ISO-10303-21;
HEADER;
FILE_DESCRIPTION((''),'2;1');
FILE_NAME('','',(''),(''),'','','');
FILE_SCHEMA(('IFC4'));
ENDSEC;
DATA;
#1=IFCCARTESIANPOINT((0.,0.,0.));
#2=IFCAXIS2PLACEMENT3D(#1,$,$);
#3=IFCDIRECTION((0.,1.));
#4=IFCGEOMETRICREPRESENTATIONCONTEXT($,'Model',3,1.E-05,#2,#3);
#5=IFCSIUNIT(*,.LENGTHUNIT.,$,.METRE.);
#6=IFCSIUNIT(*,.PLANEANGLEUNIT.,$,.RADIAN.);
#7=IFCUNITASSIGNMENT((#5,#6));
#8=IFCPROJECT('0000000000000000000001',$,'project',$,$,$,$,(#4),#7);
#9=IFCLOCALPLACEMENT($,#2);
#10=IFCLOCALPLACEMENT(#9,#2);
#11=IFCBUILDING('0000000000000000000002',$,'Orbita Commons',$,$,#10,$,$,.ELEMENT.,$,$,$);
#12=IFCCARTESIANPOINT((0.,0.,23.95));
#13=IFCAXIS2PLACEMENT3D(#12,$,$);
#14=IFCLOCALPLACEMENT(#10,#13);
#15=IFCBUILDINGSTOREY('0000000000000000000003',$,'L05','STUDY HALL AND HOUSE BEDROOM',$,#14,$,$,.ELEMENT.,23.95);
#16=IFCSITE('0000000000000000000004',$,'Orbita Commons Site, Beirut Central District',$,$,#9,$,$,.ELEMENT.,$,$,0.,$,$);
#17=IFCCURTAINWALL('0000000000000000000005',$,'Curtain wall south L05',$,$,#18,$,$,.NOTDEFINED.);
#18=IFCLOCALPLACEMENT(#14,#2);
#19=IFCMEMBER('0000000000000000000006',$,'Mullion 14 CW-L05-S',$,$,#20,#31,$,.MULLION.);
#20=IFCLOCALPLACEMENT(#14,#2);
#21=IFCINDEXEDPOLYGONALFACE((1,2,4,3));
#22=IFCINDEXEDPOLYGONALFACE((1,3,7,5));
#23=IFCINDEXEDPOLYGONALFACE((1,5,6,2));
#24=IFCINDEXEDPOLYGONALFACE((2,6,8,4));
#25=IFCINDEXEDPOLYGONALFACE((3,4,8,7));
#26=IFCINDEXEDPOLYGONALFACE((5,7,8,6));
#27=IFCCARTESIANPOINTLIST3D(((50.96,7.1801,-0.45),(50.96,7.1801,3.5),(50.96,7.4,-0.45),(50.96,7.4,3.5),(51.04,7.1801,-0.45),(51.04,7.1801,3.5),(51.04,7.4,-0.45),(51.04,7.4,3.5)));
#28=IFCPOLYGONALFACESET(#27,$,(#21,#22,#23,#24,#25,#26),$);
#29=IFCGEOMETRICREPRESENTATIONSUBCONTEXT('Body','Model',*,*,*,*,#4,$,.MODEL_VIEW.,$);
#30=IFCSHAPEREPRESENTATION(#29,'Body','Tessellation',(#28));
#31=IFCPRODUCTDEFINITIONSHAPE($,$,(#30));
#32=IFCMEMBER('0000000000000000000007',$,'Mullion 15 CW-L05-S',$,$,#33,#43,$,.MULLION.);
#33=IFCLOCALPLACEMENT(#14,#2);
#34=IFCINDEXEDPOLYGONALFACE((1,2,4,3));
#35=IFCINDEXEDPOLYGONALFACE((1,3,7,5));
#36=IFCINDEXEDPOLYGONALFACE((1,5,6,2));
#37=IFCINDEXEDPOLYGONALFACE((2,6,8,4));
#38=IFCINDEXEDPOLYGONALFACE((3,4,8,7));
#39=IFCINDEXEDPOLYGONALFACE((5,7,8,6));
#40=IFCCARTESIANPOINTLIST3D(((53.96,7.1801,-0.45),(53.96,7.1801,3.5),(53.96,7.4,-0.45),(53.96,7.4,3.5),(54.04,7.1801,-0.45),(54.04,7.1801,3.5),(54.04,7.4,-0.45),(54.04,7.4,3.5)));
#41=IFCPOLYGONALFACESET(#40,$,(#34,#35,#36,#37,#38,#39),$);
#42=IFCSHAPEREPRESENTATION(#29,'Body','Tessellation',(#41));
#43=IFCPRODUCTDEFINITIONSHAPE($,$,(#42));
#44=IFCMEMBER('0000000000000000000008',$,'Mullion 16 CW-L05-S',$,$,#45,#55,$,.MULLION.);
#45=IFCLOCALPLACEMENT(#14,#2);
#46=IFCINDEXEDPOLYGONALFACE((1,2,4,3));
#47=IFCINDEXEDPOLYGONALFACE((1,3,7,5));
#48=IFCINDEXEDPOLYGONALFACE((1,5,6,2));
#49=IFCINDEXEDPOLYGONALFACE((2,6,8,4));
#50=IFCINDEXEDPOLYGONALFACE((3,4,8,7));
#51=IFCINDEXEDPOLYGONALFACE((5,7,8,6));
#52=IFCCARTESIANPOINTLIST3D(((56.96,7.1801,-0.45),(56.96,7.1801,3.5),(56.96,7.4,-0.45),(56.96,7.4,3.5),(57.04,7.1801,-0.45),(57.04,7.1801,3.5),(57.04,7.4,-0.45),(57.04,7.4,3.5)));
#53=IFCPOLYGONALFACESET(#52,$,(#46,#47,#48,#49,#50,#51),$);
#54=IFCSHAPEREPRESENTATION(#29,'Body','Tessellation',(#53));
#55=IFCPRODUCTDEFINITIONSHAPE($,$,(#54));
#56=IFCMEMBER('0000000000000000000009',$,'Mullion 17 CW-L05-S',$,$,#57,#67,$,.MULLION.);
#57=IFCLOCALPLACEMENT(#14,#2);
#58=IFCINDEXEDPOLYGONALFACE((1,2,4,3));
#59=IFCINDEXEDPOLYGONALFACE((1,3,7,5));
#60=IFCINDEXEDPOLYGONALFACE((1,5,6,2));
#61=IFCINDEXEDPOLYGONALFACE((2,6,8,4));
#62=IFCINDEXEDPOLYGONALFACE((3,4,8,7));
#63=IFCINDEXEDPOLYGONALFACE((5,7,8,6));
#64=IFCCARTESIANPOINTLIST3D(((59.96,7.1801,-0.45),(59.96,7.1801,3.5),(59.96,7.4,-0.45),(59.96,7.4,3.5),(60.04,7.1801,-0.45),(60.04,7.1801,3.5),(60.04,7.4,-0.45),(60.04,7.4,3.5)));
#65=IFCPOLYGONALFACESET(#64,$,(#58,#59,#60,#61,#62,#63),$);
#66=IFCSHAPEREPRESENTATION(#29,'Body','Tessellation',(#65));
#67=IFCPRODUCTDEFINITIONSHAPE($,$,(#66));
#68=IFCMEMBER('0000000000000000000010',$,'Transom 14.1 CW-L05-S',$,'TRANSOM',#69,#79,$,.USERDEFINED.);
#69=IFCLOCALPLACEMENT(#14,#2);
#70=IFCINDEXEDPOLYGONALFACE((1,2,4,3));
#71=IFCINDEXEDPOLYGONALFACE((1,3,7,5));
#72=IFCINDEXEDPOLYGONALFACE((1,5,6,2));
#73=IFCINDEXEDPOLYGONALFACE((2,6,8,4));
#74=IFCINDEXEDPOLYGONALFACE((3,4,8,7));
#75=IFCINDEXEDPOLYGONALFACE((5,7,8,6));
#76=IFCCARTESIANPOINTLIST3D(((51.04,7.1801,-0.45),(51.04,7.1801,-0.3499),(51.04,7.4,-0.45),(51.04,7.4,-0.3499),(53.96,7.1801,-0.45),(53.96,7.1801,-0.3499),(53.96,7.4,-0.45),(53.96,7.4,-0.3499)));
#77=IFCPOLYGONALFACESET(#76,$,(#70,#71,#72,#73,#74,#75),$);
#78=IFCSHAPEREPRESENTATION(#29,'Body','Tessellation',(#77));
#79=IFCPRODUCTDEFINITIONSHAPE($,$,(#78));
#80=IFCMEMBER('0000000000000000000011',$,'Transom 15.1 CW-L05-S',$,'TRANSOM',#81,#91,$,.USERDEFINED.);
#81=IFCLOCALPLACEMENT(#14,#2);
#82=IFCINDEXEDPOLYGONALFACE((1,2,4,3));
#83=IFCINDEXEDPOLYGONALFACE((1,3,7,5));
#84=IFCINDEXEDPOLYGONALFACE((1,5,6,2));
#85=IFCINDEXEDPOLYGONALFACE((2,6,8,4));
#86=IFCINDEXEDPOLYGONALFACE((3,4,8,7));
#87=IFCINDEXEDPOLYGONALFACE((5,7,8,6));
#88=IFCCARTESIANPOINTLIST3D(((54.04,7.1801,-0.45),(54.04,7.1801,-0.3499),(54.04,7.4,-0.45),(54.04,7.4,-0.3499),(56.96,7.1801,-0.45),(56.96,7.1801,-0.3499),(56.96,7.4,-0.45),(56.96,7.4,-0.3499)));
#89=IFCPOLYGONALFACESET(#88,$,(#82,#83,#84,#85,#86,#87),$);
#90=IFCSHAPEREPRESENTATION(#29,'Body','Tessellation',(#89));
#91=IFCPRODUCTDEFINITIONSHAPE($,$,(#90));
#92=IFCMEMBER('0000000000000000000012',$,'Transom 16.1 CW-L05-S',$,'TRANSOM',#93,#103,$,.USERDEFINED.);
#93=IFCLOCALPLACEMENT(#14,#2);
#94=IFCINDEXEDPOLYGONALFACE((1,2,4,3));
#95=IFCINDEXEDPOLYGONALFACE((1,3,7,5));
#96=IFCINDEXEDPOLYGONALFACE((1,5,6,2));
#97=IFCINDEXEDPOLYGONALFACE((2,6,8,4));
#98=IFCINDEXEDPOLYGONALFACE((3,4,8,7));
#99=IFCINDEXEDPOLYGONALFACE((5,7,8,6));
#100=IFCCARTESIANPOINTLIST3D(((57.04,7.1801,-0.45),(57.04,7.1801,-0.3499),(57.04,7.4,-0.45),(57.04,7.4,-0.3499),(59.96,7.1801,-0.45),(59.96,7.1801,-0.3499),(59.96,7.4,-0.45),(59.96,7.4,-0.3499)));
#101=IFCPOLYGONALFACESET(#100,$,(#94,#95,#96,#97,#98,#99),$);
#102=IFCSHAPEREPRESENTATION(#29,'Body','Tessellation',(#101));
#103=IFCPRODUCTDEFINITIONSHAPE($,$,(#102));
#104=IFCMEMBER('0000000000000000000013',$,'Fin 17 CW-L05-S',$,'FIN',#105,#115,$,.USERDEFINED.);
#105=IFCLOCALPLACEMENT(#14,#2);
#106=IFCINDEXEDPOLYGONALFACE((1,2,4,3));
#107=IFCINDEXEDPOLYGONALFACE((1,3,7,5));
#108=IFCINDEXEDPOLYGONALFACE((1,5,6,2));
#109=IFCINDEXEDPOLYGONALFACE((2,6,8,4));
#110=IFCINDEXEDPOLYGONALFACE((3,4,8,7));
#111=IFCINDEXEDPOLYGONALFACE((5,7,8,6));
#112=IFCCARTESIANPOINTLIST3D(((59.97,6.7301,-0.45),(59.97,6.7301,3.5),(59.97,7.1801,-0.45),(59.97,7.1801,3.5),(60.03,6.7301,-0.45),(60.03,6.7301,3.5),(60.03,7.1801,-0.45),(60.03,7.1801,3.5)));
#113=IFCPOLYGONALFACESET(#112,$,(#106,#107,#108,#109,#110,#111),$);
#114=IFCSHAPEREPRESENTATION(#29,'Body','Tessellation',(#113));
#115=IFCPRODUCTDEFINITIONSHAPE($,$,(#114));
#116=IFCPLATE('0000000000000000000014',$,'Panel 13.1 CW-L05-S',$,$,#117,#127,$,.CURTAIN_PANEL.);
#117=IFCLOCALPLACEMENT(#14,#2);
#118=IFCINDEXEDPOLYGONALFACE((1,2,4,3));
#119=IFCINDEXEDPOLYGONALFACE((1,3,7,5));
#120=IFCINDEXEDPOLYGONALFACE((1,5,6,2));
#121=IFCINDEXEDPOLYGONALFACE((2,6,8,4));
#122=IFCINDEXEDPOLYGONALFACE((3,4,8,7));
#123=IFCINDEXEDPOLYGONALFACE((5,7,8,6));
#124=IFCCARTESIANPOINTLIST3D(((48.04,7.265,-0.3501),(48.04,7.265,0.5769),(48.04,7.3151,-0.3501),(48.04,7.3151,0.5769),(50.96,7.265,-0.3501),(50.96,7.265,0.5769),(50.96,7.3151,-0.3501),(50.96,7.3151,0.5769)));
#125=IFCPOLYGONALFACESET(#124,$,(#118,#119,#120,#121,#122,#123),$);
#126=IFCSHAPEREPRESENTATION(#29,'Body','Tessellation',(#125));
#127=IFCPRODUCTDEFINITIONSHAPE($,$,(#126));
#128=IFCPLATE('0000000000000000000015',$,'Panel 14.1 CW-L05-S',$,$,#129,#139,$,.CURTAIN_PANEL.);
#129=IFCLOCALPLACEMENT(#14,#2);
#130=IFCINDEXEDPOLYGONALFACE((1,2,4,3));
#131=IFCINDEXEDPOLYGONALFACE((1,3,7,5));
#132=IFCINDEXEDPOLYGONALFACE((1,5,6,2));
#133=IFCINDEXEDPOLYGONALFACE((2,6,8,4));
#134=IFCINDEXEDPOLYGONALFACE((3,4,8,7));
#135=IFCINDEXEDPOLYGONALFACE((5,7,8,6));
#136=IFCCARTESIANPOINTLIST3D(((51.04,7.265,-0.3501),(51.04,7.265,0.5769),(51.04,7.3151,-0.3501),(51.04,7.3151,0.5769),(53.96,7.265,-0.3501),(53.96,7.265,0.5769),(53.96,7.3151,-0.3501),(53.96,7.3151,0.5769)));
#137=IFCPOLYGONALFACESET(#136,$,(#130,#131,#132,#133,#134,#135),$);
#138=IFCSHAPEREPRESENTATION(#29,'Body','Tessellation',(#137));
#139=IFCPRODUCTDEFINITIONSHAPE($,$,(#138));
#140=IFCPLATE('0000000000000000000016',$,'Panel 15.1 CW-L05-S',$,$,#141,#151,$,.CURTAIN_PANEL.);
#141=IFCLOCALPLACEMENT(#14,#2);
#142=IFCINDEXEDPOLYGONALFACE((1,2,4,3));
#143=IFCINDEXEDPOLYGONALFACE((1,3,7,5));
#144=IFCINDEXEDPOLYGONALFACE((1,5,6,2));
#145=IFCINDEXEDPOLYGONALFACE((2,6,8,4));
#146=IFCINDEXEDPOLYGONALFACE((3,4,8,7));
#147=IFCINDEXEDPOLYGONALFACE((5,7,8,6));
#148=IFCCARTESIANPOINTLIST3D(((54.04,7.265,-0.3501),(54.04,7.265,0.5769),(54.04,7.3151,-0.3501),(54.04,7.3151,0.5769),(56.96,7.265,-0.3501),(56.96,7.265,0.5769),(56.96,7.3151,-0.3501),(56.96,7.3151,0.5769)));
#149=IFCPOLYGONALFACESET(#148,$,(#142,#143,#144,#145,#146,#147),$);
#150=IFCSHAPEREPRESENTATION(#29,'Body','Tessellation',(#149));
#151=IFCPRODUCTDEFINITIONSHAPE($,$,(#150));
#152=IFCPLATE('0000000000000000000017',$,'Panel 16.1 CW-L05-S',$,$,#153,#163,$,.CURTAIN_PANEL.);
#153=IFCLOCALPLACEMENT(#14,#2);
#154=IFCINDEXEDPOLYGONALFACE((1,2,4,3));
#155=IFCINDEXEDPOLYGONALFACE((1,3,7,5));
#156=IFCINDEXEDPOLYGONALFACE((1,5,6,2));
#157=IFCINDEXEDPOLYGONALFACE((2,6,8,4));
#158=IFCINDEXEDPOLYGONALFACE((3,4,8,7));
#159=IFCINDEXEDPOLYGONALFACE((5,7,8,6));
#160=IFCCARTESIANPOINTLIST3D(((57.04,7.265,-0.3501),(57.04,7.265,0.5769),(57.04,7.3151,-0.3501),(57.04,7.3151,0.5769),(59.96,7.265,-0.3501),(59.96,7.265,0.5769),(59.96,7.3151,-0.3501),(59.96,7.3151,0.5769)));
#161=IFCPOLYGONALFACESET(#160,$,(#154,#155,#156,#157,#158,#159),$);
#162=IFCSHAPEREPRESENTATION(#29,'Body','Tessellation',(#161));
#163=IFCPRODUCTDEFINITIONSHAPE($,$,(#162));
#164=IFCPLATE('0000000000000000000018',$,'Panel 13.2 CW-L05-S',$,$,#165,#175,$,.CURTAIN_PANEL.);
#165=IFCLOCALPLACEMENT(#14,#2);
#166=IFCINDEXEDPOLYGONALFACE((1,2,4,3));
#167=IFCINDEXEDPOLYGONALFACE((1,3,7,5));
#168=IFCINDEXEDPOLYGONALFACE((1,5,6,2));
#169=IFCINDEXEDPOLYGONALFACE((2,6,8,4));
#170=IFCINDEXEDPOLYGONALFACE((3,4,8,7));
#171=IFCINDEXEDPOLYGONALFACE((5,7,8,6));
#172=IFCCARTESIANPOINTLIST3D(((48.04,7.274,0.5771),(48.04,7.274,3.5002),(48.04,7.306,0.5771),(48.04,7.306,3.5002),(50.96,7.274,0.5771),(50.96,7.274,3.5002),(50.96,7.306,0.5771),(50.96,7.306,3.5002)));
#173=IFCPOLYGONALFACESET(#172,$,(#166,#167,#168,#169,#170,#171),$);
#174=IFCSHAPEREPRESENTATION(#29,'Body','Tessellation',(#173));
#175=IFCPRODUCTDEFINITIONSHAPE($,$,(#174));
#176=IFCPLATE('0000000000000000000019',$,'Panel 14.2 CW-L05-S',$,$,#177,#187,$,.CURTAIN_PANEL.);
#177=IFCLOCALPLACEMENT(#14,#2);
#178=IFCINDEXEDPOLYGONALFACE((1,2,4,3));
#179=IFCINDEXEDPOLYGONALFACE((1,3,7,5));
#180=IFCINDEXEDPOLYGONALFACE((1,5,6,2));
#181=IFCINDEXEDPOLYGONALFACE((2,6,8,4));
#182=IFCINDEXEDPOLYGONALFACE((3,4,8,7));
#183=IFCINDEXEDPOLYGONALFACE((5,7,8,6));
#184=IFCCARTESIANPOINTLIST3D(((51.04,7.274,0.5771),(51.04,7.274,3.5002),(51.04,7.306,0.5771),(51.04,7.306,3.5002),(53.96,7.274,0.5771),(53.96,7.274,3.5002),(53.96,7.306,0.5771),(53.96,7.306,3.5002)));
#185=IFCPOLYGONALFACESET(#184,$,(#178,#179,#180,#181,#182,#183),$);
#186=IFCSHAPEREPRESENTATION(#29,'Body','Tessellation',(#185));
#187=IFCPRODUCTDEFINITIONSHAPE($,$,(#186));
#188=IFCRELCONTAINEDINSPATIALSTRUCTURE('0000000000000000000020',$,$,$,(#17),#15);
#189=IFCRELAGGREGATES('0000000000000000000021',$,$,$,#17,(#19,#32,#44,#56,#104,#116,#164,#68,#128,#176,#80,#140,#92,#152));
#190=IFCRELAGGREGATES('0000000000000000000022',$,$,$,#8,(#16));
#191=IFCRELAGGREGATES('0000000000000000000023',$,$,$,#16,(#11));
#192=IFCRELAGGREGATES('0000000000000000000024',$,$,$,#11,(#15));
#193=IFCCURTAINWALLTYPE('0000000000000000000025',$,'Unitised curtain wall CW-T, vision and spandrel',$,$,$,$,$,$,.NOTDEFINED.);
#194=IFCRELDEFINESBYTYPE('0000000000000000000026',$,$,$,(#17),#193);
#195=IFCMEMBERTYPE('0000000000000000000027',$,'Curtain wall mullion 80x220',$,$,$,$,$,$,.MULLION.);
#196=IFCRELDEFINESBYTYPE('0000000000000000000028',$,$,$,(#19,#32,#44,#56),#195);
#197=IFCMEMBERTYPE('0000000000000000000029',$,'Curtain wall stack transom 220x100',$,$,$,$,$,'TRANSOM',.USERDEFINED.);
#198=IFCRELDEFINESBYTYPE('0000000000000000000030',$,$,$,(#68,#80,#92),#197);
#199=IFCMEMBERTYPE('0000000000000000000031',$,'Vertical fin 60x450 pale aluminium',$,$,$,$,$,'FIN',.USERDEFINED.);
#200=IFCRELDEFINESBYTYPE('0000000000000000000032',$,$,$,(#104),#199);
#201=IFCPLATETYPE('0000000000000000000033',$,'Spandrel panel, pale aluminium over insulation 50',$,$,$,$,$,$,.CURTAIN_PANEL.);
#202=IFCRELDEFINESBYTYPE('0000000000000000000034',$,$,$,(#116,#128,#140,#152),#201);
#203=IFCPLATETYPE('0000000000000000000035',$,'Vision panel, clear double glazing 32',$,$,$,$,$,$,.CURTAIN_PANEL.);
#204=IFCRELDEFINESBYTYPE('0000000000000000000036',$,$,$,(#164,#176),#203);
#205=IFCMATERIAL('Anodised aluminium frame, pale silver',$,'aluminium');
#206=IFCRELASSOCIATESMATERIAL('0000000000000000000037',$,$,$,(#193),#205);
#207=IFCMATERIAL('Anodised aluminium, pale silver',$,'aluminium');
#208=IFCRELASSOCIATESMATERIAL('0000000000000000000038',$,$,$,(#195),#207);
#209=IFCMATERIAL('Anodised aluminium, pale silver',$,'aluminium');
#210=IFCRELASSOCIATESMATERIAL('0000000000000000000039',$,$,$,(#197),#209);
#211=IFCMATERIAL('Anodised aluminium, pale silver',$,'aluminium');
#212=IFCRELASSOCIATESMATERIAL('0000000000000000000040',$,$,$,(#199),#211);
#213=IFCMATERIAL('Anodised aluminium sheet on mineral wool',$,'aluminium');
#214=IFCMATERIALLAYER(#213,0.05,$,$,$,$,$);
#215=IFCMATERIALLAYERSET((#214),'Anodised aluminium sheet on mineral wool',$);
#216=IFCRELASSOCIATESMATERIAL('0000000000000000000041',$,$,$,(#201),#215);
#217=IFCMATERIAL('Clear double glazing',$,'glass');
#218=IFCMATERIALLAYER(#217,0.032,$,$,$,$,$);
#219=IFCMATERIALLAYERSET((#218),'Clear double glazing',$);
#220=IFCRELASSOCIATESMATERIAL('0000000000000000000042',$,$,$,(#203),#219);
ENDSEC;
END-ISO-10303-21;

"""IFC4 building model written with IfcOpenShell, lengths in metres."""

from ifc_helpers import new_model, si_unit, direction, frame, origin, origin_2d, place, context, subcontext, project, spatial, rectangle, extrude, material, layer, layer_set, material_profile, profile_set, type_object, element, aggregate, save


model = new_model("IFC4")

# Units and contexts
model_context = context("Model", 3, precision=1e-05, world=origin(), true_north=direction((0.0, 1.0)))
body_context = subcontext(model_context, "Body", "Model", "MODEL_VIEW")
ifc_project = project(units=[si_unit("LENGTHUNIT", "METRE"), si_unit("PLANEANGLEUNIT", "RADIAN")], contexts=[model_context])

# Site, building, storey
site_placement = place(None, origin())
site = spatial("IfcSite", under=ifc_project, at=site_placement, Name="Orbita Commons Site, Beirut Central District", CompositionType="ELEMENT", RefElevation=0.0)
building_placement = place(site_placement, origin())
building = spatial("IfcBuilding", under=site, at=building_placement, Name="Orbita Commons", CompositionType="ELEMENT")
storey_placement = place(building_placement, frame((0.0, 0.0, 23.95)))
storey = spatial("IfcBuildingStorey", under=building, at=storey_placement, Name="L05", Description="STUDY HALL AND HOUSE BEDROOM", CompositionType="ELEMENT", Elevation=23.95)

# Curtain wall, members, plates
ifc_material_1 = material(Name="Anodised aluminium frame, pale silver", Category="aluminium")
curtain_wall_type = type_object("IfcCurtainWallType", Name="Unitised curtain wall CW-T, vision and spandrel", PredefinedType="NOTDEFINED", material=ifc_material_1)
curtain_wall_placement = place(storey_placement, origin())
curtain_wall = element("IfcCurtainWall", 1, at=curtain_wall_placement, inside=storey, type_object=curtain_wall_type, Name="Curtain wall south L05", PredefinedType="NOTDEFINED")
ifc_material_2 = material(Name="Anodised aluminium, pale silver", Category="aluminium")
ifc_material_profile_1 = material_profile(ifc_material_2, rectangle(XDim=0.0801, YDim=0.22, at=origin_2d()), Name="AL 80x220")
ifc_profile_set_1 = profile_set([ifc_material_profile_1], Name="Anodised aluminium, pale silver")
member_type_1 = type_object("IfcMemberType", Name="Curtain wall mullion 80x220", PredefinedType="MULLION", material=ifc_profile_set_1)
member_1_placement = place(storey_placement, frame((51.0, 7.29, -0.45), z_axis=(0.0, 0.0, 1.0), x_axis=(1.0, 0.0, 0.0)))
member_1 = element("IfcMember", 2, at=member_1_placement, type_object=member_type_1, Name="Mullion 14 CW-L05-S", PredefinedType="MULLION", context=body_context, shape_type="SweptSolid", body=[
    extrude(rectangle(XDim=0.0801, YDim=0.22, at=origin_2d()), origin(), (0.0, 0.0, 1.0), 3.95),
])
member_2_placement = place(storey_placement, frame((54.0, 7.29, -0.45), z_axis=(0.0, 0.0, 1.0), x_axis=(1.0, 0.0, 0.0)))
member_2 = element("IfcMember", 3, at=member_2_placement, type_object=member_type_1, Name="Mullion 15 CW-L05-S", PredefinedType="MULLION", context=body_context, shape_type="SweptSolid", body=[
    extrude(rectangle(XDim=0.0801, YDim=0.22, at=origin_2d()), origin(), (0.0, 0.0, 1.0), 3.95),
])
member_3_placement = place(storey_placement, frame((57.0, 7.29, -0.45), z_axis=(0.0, 0.0, 1.0), x_axis=(1.0, 0.0, 0.0)))
member_3 = element("IfcMember", 4, at=member_3_placement, type_object=member_type_1, Name="Mullion 16 CW-L05-S", PredefinedType="MULLION", context=body_context, shape_type="SweptSolid", body=[
    extrude(rectangle(XDim=0.0801, YDim=0.22, at=origin_2d()), origin(), (0.0, 0.0, 1.0), 3.95),
])
member_4_placement = place(storey_placement, frame((60.0, 7.29, -0.45), z_axis=(0.0, 0.0, 1.0), x_axis=(1.0, 0.0, 0.0)))
member_4 = element("IfcMember", 5, at=member_4_placement, type_object=member_type_1, Name="Mullion 17 CW-L05-S", PredefinedType="MULLION", context=body_context, shape_type="SweptSolid", body=[
    extrude(rectangle(XDim=0.0801, YDim=0.22, at=origin_2d()), origin(), (0.0, 0.0, 1.0), 3.95),
])
ifc_material_3 = material(Name="Anodised aluminium, pale silver", Category="aluminium")
ifc_material_profile_2 = material_profile(ifc_material_3, rectangle(XDim=0.22, YDim=0.1001, at=origin_2d()), Name="AL 220x100")
ifc_profile_set_2 = profile_set([ifc_material_profile_2], Name="Anodised aluminium, pale silver")
member_type_2 = type_object("IfcMemberType", Name="Curtain wall stack transom 220x100", ElementType="TRANSOM", PredefinedType="USERDEFINED", material=ifc_profile_set_2)
member_5_placement = place(storey_placement, frame((51.04, 7.29, -0.3999), z_axis=(1.0, 0.0, 0.0), x_axis=(0.0, 1.0, 0.0)))
member_5 = element("IfcMember", 6, at=member_5_placement, type_object=member_type_2, Name="Transom 14.1 CW-L05-S", ObjectType="TRANSOM", PredefinedType="USERDEFINED", context=body_context, shape_type="SweptSolid", body=[
    extrude(rectangle(XDim=0.22, YDim=0.1001, at=origin_2d()), origin(), (0.0, 0.0, 1.0), 2.9199),
])
member_6_placement = place(storey_placement, frame((54.04, 7.29, -0.3999), z_axis=(1.0, 0.0, 0.0), x_axis=(0.0, 1.0, 0.0)))
member_6 = element("IfcMember", 7, at=member_6_placement, type_object=member_type_2, Name="Transom 15.1 CW-L05-S", ObjectType="TRANSOM", PredefinedType="USERDEFINED", context=body_context, shape_type="SweptSolid", body=[
    extrude(rectangle(XDim=0.22, YDim=0.1001, at=origin_2d()), origin(), (0.0, 0.0, 1.0), 2.9199),
])
member_7_placement = place(storey_placement, frame((57.04, 7.29, -0.3999), z_axis=(1.0, 0.0, 0.0), x_axis=(0.0, 1.0, 0.0)))
member_7 = element("IfcMember", 8, at=member_7_placement, type_object=member_type_2, Name="Transom 16.1 CW-L05-S", ObjectType="TRANSOM", PredefinedType="USERDEFINED", context=body_context, shape_type="SweptSolid", body=[
    extrude(rectangle(XDim=0.22, YDim=0.1001, at=origin_2d()), origin(), (0.0, 0.0, 1.0), 2.9199),
])
ifc_material_4 = material(Name="Anodised aluminium, pale silver", Category="aluminium")
ifc_material_profile_3 = material_profile(ifc_material_4, rectangle(XDim=0.0601, YDim=0.45, at=origin_2d()), Name="FIN 60x450")
ifc_profile_set_3 = profile_set([ifc_material_profile_3], Name="Anodised aluminium, pale silver")
member_type_3 = type_object("IfcMemberType", Name="Vertical fin 60x450 pale aluminium", ElementType="FIN", PredefinedType="USERDEFINED", material=ifc_profile_set_3)
member_8_placement = place(storey_placement, frame((60.0, 6.9551, -0.45), z_axis=(0.0, 0.0, 1.0), x_axis=(1.0, 0.0, 0.0)))
member_8 = element("IfcMember", 9, at=member_8_placement, type_object=member_type_3, Name="Fin 17 CW-L05-S", ObjectType="FIN", PredefinedType="USERDEFINED", context=body_context, shape_type="SweptSolid", body=[
    extrude(rectangle(XDim=0.0601, YDim=0.45, at=origin_2d()), origin(), (0.0, 0.0, 1.0), 3.95),
])
ifc_material_5 = material(Name="Anodised aluminium sheet on mineral wool", Category="aluminium")
ifc_layer_1 = layer(ifc_material_5, 0.05)
ifc_layer_set_1 = layer_set([ifc_layer_1], Name="Anodised aluminium sheet on mineral wool")
plate_type_1 = type_object("IfcPlateType", Name="Spandrel panel, pale aluminium over insulation 50", PredefinedType="CURTAIN_PANEL", material=ifc_layer_set_1)
plate_1_placement = place(storey_placement, frame((49.5, 7.29, -0.3501), z_axis=(0.0, 0.0, 1.0), x_axis=(1.0, 0.0, 0.0)))
plate_1 = element("IfcPlate", 10, at=plate_1_placement, type_object=plate_type_1, Name="Panel 13.1 CW-L05-S", PredefinedType="CURTAIN_PANEL", context=body_context, shape_type="SweptSolid", body=[
    extrude(rectangle(XDim=2.9199, YDim=0.05, at=origin_2d()), origin(), (0.0, 0.0, 1.0), 0.927),
])
plate_2_placement = place(storey_placement, frame((52.5, 7.29, -0.3501), z_axis=(0.0, 0.0, 1.0), x_axis=(1.0, 0.0, 0.0)))
plate_2 = element("IfcPlate", 11, at=plate_2_placement, type_object=plate_type_1, Name="Panel 14.1 CW-L05-S", PredefinedType="CURTAIN_PANEL", context=body_context, shape_type="SweptSolid", body=[
    extrude(rectangle(XDim=2.9199, YDim=0.05, at=origin_2d()), origin(), (0.0, 0.0, 1.0), 0.927),
])
plate_3_placement = place(storey_placement, frame((55.5, 7.29, -0.3501), z_axis=(0.0, 0.0, 1.0), x_axis=(1.0, 0.0, 0.0)))
plate_3 = element("IfcPlate", 12, at=plate_3_placement, type_object=plate_type_1, Name="Panel 15.1 CW-L05-S", PredefinedType="CURTAIN_PANEL", context=body_context, shape_type="SweptSolid", body=[
    extrude(rectangle(XDim=2.9199, YDim=0.05, at=origin_2d()), origin(), (0.0, 0.0, 1.0), 0.927),
])
plate_4_placement = place(storey_placement, frame((58.5, 7.29, -0.3501), z_axis=(0.0, 0.0, 1.0), x_axis=(1.0, 0.0, 0.0)))
plate_4 = element("IfcPlate", 13, at=plate_4_placement, type_object=plate_type_1, Name="Panel 16.1 CW-L05-S", PredefinedType="CURTAIN_PANEL", context=body_context, shape_type="SweptSolid", body=[
    extrude(rectangle(XDim=2.9199, YDim=0.05, at=origin_2d()), origin(), (0.0, 0.0, 1.0), 0.927),
])
ifc_material_6 = material(Name="Clear double glazing", Category="glass")
ifc_layer_2 = layer(ifc_material_6, 0.032)
ifc_layer_set_2 = layer_set([ifc_layer_2], Name="Clear double glazing")
plate_type_2 = type_object("IfcPlateType", Name="Vision panel, clear double glazing 32", PredefinedType="CURTAIN_PANEL", material=ifc_layer_set_2)
plate_5_placement = place(storey_placement, frame((49.5, 7.29, 0.5771), z_axis=(0.0, 0.0, 1.0), x_axis=(1.0, 0.0, 0.0)))
plate_5 = element("IfcPlate", 14, at=plate_5_placement, type_object=plate_type_2, Name="Panel 13.2 CW-L05-S", PredefinedType="CURTAIN_PANEL", context=body_context, shape_type="SweptSolid", body=[
    extrude(rectangle(XDim=2.9199, YDim=0.032, at=origin_2d()), origin(), (0.0, 0.0, 1.0), 2.9231),
])
plate_6_placement = place(storey_placement, frame((52.5, 7.29, 0.5771), z_axis=(0.0, 0.0, 1.0), x_axis=(1.0, 0.0, 0.0)))
plate_6 = element("IfcPlate", 15, at=plate_6_placement, type_object=plate_type_2, Name="Panel 14.2 CW-L05-S", PredefinedType="CURTAIN_PANEL", context=body_context, shape_type="SweptSolid", body=[
    extrude(rectangle(XDim=2.9199, YDim=0.032, at=origin_2d()), origin(), (0.0, 0.0, 1.0), 2.9231),
])
aggregate(curtain_wall, [member_1, member_2, member_3, member_4, member_8, plate_1, plate_5, member_5, plate_2, plate_6, member_6, plate_3, member_7, plate_4])

save(model, "model.ifc")
